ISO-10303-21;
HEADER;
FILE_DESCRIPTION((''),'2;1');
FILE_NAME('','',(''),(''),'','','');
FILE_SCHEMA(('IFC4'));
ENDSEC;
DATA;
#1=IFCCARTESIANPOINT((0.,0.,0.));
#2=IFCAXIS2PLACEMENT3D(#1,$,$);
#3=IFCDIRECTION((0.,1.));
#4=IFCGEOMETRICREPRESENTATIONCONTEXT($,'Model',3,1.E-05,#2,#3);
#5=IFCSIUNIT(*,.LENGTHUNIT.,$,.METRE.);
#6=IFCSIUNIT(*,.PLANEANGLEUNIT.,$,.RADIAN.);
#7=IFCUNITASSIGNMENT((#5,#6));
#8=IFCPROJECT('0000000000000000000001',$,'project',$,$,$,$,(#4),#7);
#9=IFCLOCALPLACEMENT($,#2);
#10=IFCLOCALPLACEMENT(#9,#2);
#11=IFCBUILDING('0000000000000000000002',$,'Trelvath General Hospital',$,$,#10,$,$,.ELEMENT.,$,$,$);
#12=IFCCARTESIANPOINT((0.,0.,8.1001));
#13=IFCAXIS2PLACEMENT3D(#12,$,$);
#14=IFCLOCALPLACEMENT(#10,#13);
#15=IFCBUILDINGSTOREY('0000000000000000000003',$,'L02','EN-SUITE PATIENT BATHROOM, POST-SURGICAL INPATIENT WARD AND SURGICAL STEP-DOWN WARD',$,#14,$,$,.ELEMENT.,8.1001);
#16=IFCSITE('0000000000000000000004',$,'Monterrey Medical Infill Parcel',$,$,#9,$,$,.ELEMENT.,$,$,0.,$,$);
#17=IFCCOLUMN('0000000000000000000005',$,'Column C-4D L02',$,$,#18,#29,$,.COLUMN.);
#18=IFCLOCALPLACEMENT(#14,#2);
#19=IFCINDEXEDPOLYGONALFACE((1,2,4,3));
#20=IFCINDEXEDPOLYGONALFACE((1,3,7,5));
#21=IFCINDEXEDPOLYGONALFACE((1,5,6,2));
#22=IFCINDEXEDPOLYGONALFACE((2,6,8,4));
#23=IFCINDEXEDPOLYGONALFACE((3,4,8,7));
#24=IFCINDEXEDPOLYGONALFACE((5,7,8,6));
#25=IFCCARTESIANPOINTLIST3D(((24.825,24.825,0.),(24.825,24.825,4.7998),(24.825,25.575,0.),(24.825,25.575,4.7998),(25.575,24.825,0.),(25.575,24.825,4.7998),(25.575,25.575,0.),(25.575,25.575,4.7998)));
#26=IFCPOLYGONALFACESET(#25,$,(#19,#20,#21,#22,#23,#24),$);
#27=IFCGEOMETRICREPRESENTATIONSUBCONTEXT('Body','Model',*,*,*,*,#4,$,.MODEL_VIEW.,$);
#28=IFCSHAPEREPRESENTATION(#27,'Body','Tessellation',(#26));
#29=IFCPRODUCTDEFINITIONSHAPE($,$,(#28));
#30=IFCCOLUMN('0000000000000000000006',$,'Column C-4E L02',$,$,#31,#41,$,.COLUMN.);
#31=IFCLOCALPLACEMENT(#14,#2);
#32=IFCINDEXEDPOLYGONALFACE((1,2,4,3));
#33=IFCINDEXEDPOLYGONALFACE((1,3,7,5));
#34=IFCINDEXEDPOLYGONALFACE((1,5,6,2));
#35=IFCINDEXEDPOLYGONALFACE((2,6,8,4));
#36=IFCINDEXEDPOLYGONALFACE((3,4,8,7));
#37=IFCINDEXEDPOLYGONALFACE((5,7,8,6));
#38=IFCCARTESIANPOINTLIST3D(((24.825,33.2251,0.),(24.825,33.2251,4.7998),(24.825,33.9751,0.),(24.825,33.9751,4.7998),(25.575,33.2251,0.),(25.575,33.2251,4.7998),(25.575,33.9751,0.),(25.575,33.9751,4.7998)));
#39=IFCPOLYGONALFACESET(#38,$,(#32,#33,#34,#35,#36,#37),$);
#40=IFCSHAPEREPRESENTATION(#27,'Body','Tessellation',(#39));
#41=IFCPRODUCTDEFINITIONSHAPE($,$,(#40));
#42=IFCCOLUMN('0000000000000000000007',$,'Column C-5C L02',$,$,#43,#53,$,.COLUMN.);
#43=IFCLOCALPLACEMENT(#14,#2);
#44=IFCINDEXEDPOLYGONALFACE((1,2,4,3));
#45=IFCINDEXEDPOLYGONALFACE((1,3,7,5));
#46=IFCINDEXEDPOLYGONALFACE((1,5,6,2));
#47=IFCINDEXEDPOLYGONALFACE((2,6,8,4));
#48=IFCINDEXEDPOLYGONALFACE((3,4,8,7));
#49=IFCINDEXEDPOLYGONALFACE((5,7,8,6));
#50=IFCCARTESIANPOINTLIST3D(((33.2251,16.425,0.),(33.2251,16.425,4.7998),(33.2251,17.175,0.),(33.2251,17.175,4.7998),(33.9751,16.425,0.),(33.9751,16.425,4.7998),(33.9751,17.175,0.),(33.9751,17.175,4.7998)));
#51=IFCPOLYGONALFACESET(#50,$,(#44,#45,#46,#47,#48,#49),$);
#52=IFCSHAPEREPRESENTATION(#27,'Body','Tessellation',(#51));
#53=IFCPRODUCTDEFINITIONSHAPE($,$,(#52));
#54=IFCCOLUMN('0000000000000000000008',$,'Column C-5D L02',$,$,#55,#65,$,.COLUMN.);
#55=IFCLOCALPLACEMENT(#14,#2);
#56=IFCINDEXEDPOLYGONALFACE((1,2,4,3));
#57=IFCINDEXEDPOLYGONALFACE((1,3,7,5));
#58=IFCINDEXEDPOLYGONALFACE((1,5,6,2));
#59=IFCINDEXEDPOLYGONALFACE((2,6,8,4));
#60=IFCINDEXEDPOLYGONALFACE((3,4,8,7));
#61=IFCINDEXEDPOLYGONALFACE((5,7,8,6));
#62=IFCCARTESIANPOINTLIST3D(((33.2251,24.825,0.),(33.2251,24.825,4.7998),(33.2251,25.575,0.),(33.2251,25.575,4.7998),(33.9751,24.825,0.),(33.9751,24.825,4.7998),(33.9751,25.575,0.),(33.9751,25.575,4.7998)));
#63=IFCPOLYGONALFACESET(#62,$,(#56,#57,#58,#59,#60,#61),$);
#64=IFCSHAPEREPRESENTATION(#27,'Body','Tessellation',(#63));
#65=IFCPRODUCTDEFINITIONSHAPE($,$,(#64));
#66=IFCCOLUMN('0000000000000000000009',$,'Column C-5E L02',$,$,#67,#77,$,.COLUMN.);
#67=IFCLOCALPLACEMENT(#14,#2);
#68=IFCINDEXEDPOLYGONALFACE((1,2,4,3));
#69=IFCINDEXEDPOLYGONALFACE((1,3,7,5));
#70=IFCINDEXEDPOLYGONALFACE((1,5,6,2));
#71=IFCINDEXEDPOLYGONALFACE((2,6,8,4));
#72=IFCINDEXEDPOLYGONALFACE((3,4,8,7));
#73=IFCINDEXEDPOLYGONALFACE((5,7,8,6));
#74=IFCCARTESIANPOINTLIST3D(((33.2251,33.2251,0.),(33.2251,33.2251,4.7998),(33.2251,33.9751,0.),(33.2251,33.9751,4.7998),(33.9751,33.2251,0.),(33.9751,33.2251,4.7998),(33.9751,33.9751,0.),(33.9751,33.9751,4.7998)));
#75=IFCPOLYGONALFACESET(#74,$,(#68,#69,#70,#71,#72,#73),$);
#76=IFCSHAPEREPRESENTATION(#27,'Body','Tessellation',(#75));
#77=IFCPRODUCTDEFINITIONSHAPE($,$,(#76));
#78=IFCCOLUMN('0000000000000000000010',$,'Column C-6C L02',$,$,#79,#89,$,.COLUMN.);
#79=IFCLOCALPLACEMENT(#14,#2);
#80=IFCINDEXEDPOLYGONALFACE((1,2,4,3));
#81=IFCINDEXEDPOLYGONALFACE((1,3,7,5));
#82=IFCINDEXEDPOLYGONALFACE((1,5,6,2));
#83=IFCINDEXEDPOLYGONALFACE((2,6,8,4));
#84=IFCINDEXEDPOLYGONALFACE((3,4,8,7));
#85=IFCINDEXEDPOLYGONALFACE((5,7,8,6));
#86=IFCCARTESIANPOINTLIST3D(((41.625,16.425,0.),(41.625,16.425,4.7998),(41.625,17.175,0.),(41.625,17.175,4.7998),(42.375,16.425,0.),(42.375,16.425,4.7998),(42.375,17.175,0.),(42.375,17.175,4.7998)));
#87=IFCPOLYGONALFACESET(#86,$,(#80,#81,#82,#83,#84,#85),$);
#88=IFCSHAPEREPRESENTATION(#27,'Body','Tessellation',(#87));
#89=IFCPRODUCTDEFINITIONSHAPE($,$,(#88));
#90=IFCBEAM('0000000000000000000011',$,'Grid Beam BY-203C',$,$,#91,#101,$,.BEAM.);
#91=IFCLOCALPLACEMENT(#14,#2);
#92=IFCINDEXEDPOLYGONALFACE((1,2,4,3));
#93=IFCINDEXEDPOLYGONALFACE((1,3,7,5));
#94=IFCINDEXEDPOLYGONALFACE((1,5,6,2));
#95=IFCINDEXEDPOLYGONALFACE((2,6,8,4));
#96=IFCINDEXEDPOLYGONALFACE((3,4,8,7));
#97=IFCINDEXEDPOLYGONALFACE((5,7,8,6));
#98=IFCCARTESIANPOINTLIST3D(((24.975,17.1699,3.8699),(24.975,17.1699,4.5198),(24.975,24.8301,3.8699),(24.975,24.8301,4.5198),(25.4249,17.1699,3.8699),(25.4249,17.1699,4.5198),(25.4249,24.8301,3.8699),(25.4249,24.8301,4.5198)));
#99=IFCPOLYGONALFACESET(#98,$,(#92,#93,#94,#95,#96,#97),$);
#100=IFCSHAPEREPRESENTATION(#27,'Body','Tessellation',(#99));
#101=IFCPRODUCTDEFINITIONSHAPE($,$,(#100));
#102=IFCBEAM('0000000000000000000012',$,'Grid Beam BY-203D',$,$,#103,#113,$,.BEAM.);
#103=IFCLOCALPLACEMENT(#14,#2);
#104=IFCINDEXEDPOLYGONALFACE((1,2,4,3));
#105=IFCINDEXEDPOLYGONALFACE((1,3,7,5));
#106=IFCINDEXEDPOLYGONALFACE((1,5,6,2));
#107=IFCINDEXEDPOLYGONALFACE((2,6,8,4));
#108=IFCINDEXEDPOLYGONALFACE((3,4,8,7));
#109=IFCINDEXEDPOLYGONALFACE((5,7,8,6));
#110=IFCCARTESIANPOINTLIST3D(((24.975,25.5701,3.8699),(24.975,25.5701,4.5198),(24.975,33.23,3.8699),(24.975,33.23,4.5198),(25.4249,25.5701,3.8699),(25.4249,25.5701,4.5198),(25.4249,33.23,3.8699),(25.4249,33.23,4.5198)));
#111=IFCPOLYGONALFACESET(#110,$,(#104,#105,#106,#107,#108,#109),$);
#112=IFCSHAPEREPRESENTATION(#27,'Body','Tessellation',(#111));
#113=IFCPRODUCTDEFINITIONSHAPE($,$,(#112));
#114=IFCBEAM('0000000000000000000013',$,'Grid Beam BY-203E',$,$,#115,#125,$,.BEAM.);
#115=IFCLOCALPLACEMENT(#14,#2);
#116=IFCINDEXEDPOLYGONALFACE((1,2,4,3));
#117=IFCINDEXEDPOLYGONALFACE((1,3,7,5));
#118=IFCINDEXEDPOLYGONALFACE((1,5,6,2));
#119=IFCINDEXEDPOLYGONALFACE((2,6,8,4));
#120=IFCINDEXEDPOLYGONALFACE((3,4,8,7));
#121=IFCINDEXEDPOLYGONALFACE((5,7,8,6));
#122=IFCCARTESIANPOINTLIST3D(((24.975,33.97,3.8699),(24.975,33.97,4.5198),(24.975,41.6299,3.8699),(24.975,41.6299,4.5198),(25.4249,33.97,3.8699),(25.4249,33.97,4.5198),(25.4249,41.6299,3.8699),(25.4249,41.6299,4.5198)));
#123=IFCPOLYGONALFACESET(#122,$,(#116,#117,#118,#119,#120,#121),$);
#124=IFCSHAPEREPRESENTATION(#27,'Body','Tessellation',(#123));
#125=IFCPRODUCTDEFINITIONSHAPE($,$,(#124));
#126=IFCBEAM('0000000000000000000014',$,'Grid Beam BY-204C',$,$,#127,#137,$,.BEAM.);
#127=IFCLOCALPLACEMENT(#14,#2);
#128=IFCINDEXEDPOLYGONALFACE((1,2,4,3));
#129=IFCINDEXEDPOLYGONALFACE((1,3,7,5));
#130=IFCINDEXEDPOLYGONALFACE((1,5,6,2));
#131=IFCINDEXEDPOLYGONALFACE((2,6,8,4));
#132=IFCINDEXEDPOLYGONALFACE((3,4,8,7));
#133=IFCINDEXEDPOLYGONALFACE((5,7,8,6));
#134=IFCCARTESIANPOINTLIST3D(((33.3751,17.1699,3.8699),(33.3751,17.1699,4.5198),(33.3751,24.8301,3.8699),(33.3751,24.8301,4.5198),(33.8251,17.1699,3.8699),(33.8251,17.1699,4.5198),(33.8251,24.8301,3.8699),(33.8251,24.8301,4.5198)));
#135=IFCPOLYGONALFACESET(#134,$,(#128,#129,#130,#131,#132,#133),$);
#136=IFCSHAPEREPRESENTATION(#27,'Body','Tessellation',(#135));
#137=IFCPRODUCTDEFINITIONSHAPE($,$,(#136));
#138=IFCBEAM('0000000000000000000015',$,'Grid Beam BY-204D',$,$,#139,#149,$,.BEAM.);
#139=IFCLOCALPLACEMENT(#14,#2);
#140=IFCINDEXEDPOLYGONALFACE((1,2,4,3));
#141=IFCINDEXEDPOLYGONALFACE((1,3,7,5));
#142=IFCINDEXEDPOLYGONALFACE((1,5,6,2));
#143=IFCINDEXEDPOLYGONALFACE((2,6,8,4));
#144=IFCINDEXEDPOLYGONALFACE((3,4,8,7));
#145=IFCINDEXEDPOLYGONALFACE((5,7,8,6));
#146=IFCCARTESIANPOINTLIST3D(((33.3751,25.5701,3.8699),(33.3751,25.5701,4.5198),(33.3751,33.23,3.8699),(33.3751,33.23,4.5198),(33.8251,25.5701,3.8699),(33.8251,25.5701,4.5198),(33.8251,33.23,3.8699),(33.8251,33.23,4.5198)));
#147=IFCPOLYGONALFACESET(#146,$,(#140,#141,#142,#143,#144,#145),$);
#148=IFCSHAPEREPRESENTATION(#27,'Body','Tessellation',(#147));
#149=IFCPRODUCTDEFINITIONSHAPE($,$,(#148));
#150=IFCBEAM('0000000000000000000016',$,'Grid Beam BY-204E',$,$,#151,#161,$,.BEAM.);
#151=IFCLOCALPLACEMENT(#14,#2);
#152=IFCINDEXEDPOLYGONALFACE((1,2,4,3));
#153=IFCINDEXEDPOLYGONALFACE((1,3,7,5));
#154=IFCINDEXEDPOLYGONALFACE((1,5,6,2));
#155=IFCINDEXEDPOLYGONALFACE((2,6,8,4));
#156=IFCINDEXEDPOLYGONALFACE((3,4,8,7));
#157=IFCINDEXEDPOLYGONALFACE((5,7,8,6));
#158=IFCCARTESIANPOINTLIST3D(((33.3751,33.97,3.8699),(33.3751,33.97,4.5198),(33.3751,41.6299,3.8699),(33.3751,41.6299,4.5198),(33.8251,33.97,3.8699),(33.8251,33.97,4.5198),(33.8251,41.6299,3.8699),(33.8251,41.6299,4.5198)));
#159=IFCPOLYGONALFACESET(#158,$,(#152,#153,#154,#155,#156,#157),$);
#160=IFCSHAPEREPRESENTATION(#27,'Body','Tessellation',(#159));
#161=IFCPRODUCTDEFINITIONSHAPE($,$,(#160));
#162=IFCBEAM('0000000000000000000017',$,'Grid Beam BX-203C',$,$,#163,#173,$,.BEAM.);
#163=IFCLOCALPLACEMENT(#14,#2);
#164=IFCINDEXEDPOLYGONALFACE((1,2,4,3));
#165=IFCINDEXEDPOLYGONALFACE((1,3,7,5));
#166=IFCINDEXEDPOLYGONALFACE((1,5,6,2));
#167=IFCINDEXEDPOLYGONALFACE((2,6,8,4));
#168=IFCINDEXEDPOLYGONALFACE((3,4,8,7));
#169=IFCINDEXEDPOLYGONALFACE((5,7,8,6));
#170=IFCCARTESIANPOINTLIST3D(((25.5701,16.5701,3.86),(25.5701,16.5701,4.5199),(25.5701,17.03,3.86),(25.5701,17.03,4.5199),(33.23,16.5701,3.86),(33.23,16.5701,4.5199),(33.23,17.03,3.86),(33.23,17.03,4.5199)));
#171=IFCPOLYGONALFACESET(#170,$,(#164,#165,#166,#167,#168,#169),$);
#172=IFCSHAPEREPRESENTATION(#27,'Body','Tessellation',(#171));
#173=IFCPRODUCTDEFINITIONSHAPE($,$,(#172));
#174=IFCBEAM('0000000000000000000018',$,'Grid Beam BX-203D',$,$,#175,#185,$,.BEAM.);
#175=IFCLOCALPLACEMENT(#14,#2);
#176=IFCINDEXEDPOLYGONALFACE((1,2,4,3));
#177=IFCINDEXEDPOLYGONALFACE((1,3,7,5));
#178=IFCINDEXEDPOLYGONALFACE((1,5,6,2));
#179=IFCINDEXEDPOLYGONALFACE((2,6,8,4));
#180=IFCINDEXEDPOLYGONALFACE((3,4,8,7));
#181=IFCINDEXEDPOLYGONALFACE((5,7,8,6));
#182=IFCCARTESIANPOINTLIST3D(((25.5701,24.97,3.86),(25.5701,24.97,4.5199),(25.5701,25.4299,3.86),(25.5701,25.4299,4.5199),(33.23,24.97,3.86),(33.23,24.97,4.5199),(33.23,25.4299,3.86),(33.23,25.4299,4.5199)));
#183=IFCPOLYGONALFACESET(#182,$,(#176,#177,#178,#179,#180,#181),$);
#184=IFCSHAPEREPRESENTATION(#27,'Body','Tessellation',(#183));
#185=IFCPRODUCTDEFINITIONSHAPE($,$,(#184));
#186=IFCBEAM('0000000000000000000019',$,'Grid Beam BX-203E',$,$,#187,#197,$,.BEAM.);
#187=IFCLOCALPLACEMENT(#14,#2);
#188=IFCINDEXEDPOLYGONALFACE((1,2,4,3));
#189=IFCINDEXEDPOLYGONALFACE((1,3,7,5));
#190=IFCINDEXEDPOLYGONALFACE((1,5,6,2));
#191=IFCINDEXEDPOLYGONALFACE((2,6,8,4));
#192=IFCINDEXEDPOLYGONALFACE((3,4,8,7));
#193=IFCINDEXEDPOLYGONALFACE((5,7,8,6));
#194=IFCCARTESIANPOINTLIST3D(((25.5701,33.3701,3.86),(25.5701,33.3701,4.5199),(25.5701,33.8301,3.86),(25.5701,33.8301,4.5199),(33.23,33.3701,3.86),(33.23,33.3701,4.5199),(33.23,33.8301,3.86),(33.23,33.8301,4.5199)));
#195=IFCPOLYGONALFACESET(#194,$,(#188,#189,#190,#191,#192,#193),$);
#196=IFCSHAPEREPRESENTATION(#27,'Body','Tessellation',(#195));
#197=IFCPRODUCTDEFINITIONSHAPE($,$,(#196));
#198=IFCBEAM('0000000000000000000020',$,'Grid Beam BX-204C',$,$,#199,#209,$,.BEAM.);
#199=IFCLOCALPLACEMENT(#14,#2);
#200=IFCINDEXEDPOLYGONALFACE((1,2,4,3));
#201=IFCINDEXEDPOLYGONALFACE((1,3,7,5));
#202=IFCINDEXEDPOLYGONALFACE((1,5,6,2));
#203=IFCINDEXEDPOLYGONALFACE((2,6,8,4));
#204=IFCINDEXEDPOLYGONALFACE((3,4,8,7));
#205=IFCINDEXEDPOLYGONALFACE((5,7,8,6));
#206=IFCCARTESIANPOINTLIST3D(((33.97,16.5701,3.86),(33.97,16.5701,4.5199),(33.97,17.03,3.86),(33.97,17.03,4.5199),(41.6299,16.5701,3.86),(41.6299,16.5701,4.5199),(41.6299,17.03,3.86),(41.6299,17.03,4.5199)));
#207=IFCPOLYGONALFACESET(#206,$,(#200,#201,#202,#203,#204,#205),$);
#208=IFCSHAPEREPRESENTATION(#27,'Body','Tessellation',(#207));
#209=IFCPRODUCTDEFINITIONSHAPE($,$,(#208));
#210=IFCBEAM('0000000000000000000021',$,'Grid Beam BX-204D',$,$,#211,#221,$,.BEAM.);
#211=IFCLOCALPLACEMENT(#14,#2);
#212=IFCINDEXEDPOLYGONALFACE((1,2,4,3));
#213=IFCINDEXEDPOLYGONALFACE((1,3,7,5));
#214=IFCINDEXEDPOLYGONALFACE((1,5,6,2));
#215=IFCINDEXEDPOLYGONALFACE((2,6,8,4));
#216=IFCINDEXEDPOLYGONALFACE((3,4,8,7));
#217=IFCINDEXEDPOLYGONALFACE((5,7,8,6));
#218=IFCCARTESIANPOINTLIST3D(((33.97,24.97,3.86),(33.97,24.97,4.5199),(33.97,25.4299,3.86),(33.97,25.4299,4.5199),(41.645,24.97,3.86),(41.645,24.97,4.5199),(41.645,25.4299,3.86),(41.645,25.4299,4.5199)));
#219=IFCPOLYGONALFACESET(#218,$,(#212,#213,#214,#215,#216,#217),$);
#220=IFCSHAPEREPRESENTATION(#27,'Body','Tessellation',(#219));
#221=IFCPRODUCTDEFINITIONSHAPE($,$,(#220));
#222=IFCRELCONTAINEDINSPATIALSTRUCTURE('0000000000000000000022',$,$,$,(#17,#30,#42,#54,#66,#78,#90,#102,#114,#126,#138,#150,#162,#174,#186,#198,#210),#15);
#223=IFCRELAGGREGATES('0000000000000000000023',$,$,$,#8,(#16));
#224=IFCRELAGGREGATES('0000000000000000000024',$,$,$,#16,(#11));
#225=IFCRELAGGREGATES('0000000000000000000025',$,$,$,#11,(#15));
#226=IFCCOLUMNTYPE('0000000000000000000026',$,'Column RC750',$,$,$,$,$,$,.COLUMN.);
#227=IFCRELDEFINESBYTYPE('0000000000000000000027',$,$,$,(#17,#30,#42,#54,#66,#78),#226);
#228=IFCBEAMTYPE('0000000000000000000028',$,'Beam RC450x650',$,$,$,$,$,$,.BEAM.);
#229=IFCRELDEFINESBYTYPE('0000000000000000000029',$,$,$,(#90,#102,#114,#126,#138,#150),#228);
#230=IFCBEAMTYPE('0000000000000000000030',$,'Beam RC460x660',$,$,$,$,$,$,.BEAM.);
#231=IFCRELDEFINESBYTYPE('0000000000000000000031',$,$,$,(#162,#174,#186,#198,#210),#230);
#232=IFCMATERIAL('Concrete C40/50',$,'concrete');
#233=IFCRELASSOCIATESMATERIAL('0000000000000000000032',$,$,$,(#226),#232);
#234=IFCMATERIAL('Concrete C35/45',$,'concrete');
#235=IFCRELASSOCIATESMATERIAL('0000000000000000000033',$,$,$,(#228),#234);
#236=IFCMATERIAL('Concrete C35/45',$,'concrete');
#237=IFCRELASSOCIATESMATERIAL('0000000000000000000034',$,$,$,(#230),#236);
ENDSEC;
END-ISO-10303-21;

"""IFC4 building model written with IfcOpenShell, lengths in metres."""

from ifc_helpers import new_model, si_unit, direction, frame, origin, origin_2d, place, context, subcontext, project, spatial, rectangle, extrude, material, material_profile, profile_set, type_object, element, save


model = new_model("IFC4")

# Units and contexts
model_context = context("Model", 3, precision=1e-05, world=origin(), true_north=direction((0.0, 1.0)))
body_context = subcontext(model_context, "Body", "Model", "MODEL_VIEW")
ifc_project = project(units=[si_unit("LENGTHUNIT", "METRE"), si_unit("PLANEANGLEUNIT", "RADIAN")], contexts=[model_context])

# Site, building, storey
site_placement = place(None, origin())
site = spatial("IfcSite", under=ifc_project, at=site_placement, Name="Monterrey Medical Infill Parcel", CompositionType="ELEMENT", RefElevation=0.0)
building_placement = place(site_placement, origin())
building = spatial("IfcBuilding", under=site, at=building_placement, Name="Trelvath General Hospital", CompositionType="ELEMENT")
storey_placement = place(building_placement, frame((0.0, 0.0, 8.1001)))
storey = spatial("IfcBuildingStorey", under=building, at=storey_placement, Name="L02", Description="EN-SUITE PATIENT BATHROOM, POST-SURGICAL INPATIENT WARD AND SURGICAL STEP-DOWN WARD", CompositionType="ELEMENT", Elevation=8.1001)

# Columns
ifc_material_1 = material(Name="Concrete C40/50", Category="concrete")
ifc_material_profile_1 = material_profile(ifc_material_1, rectangle(XDim=0.75, YDim=0.75, at=origin_2d()), Name="RC750x750")
ifc_profile_set_1 = profile_set([ifc_material_profile_1], Name="Concrete C40/50")
column_type = type_object("IfcColumnType", Name="Column RC750", PredefinedType="COLUMN", material=ifc_profile_set_1)
for number, where, z_axis, x_axis, name in (
    (1, (25.2, 25.2, 0.0), (0.0, 0.0, 1.0), (1.0, 0.0, 0.0), "Column C-4D L02"),
    (2, (25.2, 33.6001, 0.0), (0.0, 0.0, 1.0), (1.0, 0.0, 0.0), "Column C-4E L02"),
    (3, (33.6001, 16.8, 0.0), (0.0, 0.0, 1.0), (1.0, 0.0, 0.0), "Column C-5C L02"),
    (4, (33.6001, 25.2, 0.0), (0.0, 0.0, 1.0), (1.0, 0.0, 0.0), "Column C-5D L02"),
    (5, (33.6001, 33.6001, 0.0), (0.0, 0.0, 1.0), (1.0, 0.0, 0.0), "Column C-5E L02"),
    (6, (42.0, 16.8, 0.0), (0.0, 0.0, 1.0), (1.0, 0.0, 0.0), "Column C-6C L02"),
):
    element("IfcColumn", number, at=place(storey_placement, frame(where, z_axis=z_axis, x_axis=x_axis)), inside=storey, type_object=column_type, Name=name, PredefinedType="COLUMN", context=body_context, shape_type="SweptSolid", body=[
        extrude(rectangle(XDim=0.75, YDim=0.75, at=origin_2d()), origin(), (0.0, 0.0, 1.0), 4.7998),
    ])

# Beams
ifc_material_2 = material(Name="Concrete C35/45", Category="concrete")
ifc_material_profile_2 = material_profile(ifc_material_2, rectangle(XDim=0.45, YDim=0.6499, at=origin_2d()), Name="RCB450x650")
ifc_profile_set_2 = profile_set([ifc_material_profile_2], Name="Concrete C35/45")
beam_type_1 = type_object("IfcBeamType", Name="Beam RC450x650", PredefinedType="BEAM", material=ifc_profile_set_2)
beam_1_placement = place(storey_placement, frame((25.2, 17.1699, 4.1948), z_axis=(0.0, 1.0, 0.0), x_axis=(-1.0, 0.0, 0.0)))
element("IfcBeam", 7, at=beam_1_placement, inside=storey, type_object=beam_type_1, Name="Grid Beam BY-203C", PredefinedType="BEAM", context=body_context, shape_type="SweptSolid", body=[
    extrude(rectangle(XDim=0.45, YDim=0.6499, at=origin_2d()), origin(), (0.0, 0.0, 1.0), 7.6602),
])
for number, where, z_axis, x_axis, name in (
    (8, (25.2, 25.5701, 4.1948), (0.0, 1.0, 0.0), (-1.0, 0.0, 0.0), "Grid Beam BY-203D"),
    (9, (25.2, 33.97, 4.1948), (0.0, 1.0, 0.0), (-1.0, 0.0, 0.0), "Grid Beam BY-203E"),
):
    element("IfcBeam", number, at=place(storey_placement, frame(where, z_axis=z_axis, x_axis=x_axis)), inside=storey, type_object=beam_type_1, Name=name, PredefinedType="BEAM", context=body_context, shape_type="SweptSolid", body=[
        extrude(rectangle(XDim=0.45, YDim=0.6499, at=origin_2d()), origin(), (0.0, 0.0, 1.0), 7.6599),
    ])
beam_2_placement = place(storey_placement, frame((33.6001, 17.1699, 4.1948), z_axis=(0.0, 1.0, 0.0), x_axis=(-1.0, 0.0, 0.0)))
element("IfcBeam", 10, at=beam_2_placement, inside=storey, type_object=beam_type_1, Name="Grid Beam BY-204C", PredefinedType="BEAM", context=body_context, shape_type="SweptSolid", body=[
    extrude(rectangle(XDim=0.45, YDim=0.6499, at=origin_2d()), origin(), (0.0, 0.0, 1.0), 7.6602),
])
for number, where, z_axis, x_axis, name in (
    (11, (33.6001, 25.5701, 4.1948), (0.0, 1.0, 0.0), (-1.0, 0.0, 0.0), "Grid Beam BY-204D"),
    (12, (33.6001, 33.97, 4.1948), (0.0, 1.0, 0.0), (-1.0, 0.0, 0.0), "Grid Beam BY-204E"),
):
    element("IfcBeam", number, at=place(storey_placement, frame(where, z_axis=z_axis, x_axis=x_axis)), inside=storey, type_object=beam_type_1, Name=name, PredefinedType="BEAM", context=body_context, shape_type="SweptSolid", body=[
        extrude(rectangle(XDim=0.45, YDim=0.6499, at=origin_2d()), origin(), (0.0, 0.0, 1.0), 7.6599),
    ])
ifc_material_3 = material(Name="Concrete C35/45", Category="concrete")
ifc_material_profile_3 = material_profile(ifc_material_3, rectangle(XDim=0.46, YDim=0.6599, at=origin_2d()), Name="RCB460x660")
ifc_profile_set_3 = profile_set([ifc_material_profile_3], Name="Concrete C35/45")
beam_type_2 = type_object("IfcBeamType", Name="Beam RC460x660", PredefinedType="BEAM", material=ifc_profile_set_3)
for number, where, z_axis, x_axis, name in (
    (13, (25.5701, 16.8, 4.1899), (1.0, 0.0, 0.0), (0.0, 1.0, 0.0), "Grid Beam BX-203C"),
    (14, (25.5701, 25.2, 4.1899), (1.0, 0.0, 0.0), (0.0, 1.0, 0.0), "Grid Beam BX-203D"),
    (15, (25.5701, 33.6001, 4.1899), (1.0, 0.0, 0.0), (0.0, 1.0, 0.0), "Grid Beam BX-203E"),
    (16, (33.97, 16.8, 4.1899), (1.0, 0.0, 0.0), (0.0, 1.0, 0.0), "Grid Beam BX-204C"),
):
    element("IfcBeam", number, at=place(storey_placement, frame(where, z_axis=z_axis, x_axis=x_axis)), inside=storey, type_object=beam_type_2, Name=name, PredefinedType="BEAM", context=body_context, shape_type="SweptSolid", body=[
        extrude(rectangle(XDim=0.46, YDim=0.6599, at=origin_2d()), origin(), (0.0, 0.0, 1.0), 7.6599),
    ])
for number, where, z_axis, x_axis, name in (
    (17, (33.97, 25.2, 4.1899), (1.0, 0.0, 0.0), (0.0, 1.0, 0.0), "Grid Beam BX-204D"),
):
    element("IfcBeam", number, at=place(storey_placement, frame(where, z_axis=z_axis, x_axis=x_axis)), inside=storey, type_object=beam_type_2, Name=name, PredefinedType="BEAM", context=body_context, shape_type="SweptSolid", body=[
        extrude(rectangle(XDim=0.46, YDim=0.6599, at=origin_2d()), origin(), (0.0, 0.0, 1.0), 7.675),
    ])

save(model, "model.ifc")
